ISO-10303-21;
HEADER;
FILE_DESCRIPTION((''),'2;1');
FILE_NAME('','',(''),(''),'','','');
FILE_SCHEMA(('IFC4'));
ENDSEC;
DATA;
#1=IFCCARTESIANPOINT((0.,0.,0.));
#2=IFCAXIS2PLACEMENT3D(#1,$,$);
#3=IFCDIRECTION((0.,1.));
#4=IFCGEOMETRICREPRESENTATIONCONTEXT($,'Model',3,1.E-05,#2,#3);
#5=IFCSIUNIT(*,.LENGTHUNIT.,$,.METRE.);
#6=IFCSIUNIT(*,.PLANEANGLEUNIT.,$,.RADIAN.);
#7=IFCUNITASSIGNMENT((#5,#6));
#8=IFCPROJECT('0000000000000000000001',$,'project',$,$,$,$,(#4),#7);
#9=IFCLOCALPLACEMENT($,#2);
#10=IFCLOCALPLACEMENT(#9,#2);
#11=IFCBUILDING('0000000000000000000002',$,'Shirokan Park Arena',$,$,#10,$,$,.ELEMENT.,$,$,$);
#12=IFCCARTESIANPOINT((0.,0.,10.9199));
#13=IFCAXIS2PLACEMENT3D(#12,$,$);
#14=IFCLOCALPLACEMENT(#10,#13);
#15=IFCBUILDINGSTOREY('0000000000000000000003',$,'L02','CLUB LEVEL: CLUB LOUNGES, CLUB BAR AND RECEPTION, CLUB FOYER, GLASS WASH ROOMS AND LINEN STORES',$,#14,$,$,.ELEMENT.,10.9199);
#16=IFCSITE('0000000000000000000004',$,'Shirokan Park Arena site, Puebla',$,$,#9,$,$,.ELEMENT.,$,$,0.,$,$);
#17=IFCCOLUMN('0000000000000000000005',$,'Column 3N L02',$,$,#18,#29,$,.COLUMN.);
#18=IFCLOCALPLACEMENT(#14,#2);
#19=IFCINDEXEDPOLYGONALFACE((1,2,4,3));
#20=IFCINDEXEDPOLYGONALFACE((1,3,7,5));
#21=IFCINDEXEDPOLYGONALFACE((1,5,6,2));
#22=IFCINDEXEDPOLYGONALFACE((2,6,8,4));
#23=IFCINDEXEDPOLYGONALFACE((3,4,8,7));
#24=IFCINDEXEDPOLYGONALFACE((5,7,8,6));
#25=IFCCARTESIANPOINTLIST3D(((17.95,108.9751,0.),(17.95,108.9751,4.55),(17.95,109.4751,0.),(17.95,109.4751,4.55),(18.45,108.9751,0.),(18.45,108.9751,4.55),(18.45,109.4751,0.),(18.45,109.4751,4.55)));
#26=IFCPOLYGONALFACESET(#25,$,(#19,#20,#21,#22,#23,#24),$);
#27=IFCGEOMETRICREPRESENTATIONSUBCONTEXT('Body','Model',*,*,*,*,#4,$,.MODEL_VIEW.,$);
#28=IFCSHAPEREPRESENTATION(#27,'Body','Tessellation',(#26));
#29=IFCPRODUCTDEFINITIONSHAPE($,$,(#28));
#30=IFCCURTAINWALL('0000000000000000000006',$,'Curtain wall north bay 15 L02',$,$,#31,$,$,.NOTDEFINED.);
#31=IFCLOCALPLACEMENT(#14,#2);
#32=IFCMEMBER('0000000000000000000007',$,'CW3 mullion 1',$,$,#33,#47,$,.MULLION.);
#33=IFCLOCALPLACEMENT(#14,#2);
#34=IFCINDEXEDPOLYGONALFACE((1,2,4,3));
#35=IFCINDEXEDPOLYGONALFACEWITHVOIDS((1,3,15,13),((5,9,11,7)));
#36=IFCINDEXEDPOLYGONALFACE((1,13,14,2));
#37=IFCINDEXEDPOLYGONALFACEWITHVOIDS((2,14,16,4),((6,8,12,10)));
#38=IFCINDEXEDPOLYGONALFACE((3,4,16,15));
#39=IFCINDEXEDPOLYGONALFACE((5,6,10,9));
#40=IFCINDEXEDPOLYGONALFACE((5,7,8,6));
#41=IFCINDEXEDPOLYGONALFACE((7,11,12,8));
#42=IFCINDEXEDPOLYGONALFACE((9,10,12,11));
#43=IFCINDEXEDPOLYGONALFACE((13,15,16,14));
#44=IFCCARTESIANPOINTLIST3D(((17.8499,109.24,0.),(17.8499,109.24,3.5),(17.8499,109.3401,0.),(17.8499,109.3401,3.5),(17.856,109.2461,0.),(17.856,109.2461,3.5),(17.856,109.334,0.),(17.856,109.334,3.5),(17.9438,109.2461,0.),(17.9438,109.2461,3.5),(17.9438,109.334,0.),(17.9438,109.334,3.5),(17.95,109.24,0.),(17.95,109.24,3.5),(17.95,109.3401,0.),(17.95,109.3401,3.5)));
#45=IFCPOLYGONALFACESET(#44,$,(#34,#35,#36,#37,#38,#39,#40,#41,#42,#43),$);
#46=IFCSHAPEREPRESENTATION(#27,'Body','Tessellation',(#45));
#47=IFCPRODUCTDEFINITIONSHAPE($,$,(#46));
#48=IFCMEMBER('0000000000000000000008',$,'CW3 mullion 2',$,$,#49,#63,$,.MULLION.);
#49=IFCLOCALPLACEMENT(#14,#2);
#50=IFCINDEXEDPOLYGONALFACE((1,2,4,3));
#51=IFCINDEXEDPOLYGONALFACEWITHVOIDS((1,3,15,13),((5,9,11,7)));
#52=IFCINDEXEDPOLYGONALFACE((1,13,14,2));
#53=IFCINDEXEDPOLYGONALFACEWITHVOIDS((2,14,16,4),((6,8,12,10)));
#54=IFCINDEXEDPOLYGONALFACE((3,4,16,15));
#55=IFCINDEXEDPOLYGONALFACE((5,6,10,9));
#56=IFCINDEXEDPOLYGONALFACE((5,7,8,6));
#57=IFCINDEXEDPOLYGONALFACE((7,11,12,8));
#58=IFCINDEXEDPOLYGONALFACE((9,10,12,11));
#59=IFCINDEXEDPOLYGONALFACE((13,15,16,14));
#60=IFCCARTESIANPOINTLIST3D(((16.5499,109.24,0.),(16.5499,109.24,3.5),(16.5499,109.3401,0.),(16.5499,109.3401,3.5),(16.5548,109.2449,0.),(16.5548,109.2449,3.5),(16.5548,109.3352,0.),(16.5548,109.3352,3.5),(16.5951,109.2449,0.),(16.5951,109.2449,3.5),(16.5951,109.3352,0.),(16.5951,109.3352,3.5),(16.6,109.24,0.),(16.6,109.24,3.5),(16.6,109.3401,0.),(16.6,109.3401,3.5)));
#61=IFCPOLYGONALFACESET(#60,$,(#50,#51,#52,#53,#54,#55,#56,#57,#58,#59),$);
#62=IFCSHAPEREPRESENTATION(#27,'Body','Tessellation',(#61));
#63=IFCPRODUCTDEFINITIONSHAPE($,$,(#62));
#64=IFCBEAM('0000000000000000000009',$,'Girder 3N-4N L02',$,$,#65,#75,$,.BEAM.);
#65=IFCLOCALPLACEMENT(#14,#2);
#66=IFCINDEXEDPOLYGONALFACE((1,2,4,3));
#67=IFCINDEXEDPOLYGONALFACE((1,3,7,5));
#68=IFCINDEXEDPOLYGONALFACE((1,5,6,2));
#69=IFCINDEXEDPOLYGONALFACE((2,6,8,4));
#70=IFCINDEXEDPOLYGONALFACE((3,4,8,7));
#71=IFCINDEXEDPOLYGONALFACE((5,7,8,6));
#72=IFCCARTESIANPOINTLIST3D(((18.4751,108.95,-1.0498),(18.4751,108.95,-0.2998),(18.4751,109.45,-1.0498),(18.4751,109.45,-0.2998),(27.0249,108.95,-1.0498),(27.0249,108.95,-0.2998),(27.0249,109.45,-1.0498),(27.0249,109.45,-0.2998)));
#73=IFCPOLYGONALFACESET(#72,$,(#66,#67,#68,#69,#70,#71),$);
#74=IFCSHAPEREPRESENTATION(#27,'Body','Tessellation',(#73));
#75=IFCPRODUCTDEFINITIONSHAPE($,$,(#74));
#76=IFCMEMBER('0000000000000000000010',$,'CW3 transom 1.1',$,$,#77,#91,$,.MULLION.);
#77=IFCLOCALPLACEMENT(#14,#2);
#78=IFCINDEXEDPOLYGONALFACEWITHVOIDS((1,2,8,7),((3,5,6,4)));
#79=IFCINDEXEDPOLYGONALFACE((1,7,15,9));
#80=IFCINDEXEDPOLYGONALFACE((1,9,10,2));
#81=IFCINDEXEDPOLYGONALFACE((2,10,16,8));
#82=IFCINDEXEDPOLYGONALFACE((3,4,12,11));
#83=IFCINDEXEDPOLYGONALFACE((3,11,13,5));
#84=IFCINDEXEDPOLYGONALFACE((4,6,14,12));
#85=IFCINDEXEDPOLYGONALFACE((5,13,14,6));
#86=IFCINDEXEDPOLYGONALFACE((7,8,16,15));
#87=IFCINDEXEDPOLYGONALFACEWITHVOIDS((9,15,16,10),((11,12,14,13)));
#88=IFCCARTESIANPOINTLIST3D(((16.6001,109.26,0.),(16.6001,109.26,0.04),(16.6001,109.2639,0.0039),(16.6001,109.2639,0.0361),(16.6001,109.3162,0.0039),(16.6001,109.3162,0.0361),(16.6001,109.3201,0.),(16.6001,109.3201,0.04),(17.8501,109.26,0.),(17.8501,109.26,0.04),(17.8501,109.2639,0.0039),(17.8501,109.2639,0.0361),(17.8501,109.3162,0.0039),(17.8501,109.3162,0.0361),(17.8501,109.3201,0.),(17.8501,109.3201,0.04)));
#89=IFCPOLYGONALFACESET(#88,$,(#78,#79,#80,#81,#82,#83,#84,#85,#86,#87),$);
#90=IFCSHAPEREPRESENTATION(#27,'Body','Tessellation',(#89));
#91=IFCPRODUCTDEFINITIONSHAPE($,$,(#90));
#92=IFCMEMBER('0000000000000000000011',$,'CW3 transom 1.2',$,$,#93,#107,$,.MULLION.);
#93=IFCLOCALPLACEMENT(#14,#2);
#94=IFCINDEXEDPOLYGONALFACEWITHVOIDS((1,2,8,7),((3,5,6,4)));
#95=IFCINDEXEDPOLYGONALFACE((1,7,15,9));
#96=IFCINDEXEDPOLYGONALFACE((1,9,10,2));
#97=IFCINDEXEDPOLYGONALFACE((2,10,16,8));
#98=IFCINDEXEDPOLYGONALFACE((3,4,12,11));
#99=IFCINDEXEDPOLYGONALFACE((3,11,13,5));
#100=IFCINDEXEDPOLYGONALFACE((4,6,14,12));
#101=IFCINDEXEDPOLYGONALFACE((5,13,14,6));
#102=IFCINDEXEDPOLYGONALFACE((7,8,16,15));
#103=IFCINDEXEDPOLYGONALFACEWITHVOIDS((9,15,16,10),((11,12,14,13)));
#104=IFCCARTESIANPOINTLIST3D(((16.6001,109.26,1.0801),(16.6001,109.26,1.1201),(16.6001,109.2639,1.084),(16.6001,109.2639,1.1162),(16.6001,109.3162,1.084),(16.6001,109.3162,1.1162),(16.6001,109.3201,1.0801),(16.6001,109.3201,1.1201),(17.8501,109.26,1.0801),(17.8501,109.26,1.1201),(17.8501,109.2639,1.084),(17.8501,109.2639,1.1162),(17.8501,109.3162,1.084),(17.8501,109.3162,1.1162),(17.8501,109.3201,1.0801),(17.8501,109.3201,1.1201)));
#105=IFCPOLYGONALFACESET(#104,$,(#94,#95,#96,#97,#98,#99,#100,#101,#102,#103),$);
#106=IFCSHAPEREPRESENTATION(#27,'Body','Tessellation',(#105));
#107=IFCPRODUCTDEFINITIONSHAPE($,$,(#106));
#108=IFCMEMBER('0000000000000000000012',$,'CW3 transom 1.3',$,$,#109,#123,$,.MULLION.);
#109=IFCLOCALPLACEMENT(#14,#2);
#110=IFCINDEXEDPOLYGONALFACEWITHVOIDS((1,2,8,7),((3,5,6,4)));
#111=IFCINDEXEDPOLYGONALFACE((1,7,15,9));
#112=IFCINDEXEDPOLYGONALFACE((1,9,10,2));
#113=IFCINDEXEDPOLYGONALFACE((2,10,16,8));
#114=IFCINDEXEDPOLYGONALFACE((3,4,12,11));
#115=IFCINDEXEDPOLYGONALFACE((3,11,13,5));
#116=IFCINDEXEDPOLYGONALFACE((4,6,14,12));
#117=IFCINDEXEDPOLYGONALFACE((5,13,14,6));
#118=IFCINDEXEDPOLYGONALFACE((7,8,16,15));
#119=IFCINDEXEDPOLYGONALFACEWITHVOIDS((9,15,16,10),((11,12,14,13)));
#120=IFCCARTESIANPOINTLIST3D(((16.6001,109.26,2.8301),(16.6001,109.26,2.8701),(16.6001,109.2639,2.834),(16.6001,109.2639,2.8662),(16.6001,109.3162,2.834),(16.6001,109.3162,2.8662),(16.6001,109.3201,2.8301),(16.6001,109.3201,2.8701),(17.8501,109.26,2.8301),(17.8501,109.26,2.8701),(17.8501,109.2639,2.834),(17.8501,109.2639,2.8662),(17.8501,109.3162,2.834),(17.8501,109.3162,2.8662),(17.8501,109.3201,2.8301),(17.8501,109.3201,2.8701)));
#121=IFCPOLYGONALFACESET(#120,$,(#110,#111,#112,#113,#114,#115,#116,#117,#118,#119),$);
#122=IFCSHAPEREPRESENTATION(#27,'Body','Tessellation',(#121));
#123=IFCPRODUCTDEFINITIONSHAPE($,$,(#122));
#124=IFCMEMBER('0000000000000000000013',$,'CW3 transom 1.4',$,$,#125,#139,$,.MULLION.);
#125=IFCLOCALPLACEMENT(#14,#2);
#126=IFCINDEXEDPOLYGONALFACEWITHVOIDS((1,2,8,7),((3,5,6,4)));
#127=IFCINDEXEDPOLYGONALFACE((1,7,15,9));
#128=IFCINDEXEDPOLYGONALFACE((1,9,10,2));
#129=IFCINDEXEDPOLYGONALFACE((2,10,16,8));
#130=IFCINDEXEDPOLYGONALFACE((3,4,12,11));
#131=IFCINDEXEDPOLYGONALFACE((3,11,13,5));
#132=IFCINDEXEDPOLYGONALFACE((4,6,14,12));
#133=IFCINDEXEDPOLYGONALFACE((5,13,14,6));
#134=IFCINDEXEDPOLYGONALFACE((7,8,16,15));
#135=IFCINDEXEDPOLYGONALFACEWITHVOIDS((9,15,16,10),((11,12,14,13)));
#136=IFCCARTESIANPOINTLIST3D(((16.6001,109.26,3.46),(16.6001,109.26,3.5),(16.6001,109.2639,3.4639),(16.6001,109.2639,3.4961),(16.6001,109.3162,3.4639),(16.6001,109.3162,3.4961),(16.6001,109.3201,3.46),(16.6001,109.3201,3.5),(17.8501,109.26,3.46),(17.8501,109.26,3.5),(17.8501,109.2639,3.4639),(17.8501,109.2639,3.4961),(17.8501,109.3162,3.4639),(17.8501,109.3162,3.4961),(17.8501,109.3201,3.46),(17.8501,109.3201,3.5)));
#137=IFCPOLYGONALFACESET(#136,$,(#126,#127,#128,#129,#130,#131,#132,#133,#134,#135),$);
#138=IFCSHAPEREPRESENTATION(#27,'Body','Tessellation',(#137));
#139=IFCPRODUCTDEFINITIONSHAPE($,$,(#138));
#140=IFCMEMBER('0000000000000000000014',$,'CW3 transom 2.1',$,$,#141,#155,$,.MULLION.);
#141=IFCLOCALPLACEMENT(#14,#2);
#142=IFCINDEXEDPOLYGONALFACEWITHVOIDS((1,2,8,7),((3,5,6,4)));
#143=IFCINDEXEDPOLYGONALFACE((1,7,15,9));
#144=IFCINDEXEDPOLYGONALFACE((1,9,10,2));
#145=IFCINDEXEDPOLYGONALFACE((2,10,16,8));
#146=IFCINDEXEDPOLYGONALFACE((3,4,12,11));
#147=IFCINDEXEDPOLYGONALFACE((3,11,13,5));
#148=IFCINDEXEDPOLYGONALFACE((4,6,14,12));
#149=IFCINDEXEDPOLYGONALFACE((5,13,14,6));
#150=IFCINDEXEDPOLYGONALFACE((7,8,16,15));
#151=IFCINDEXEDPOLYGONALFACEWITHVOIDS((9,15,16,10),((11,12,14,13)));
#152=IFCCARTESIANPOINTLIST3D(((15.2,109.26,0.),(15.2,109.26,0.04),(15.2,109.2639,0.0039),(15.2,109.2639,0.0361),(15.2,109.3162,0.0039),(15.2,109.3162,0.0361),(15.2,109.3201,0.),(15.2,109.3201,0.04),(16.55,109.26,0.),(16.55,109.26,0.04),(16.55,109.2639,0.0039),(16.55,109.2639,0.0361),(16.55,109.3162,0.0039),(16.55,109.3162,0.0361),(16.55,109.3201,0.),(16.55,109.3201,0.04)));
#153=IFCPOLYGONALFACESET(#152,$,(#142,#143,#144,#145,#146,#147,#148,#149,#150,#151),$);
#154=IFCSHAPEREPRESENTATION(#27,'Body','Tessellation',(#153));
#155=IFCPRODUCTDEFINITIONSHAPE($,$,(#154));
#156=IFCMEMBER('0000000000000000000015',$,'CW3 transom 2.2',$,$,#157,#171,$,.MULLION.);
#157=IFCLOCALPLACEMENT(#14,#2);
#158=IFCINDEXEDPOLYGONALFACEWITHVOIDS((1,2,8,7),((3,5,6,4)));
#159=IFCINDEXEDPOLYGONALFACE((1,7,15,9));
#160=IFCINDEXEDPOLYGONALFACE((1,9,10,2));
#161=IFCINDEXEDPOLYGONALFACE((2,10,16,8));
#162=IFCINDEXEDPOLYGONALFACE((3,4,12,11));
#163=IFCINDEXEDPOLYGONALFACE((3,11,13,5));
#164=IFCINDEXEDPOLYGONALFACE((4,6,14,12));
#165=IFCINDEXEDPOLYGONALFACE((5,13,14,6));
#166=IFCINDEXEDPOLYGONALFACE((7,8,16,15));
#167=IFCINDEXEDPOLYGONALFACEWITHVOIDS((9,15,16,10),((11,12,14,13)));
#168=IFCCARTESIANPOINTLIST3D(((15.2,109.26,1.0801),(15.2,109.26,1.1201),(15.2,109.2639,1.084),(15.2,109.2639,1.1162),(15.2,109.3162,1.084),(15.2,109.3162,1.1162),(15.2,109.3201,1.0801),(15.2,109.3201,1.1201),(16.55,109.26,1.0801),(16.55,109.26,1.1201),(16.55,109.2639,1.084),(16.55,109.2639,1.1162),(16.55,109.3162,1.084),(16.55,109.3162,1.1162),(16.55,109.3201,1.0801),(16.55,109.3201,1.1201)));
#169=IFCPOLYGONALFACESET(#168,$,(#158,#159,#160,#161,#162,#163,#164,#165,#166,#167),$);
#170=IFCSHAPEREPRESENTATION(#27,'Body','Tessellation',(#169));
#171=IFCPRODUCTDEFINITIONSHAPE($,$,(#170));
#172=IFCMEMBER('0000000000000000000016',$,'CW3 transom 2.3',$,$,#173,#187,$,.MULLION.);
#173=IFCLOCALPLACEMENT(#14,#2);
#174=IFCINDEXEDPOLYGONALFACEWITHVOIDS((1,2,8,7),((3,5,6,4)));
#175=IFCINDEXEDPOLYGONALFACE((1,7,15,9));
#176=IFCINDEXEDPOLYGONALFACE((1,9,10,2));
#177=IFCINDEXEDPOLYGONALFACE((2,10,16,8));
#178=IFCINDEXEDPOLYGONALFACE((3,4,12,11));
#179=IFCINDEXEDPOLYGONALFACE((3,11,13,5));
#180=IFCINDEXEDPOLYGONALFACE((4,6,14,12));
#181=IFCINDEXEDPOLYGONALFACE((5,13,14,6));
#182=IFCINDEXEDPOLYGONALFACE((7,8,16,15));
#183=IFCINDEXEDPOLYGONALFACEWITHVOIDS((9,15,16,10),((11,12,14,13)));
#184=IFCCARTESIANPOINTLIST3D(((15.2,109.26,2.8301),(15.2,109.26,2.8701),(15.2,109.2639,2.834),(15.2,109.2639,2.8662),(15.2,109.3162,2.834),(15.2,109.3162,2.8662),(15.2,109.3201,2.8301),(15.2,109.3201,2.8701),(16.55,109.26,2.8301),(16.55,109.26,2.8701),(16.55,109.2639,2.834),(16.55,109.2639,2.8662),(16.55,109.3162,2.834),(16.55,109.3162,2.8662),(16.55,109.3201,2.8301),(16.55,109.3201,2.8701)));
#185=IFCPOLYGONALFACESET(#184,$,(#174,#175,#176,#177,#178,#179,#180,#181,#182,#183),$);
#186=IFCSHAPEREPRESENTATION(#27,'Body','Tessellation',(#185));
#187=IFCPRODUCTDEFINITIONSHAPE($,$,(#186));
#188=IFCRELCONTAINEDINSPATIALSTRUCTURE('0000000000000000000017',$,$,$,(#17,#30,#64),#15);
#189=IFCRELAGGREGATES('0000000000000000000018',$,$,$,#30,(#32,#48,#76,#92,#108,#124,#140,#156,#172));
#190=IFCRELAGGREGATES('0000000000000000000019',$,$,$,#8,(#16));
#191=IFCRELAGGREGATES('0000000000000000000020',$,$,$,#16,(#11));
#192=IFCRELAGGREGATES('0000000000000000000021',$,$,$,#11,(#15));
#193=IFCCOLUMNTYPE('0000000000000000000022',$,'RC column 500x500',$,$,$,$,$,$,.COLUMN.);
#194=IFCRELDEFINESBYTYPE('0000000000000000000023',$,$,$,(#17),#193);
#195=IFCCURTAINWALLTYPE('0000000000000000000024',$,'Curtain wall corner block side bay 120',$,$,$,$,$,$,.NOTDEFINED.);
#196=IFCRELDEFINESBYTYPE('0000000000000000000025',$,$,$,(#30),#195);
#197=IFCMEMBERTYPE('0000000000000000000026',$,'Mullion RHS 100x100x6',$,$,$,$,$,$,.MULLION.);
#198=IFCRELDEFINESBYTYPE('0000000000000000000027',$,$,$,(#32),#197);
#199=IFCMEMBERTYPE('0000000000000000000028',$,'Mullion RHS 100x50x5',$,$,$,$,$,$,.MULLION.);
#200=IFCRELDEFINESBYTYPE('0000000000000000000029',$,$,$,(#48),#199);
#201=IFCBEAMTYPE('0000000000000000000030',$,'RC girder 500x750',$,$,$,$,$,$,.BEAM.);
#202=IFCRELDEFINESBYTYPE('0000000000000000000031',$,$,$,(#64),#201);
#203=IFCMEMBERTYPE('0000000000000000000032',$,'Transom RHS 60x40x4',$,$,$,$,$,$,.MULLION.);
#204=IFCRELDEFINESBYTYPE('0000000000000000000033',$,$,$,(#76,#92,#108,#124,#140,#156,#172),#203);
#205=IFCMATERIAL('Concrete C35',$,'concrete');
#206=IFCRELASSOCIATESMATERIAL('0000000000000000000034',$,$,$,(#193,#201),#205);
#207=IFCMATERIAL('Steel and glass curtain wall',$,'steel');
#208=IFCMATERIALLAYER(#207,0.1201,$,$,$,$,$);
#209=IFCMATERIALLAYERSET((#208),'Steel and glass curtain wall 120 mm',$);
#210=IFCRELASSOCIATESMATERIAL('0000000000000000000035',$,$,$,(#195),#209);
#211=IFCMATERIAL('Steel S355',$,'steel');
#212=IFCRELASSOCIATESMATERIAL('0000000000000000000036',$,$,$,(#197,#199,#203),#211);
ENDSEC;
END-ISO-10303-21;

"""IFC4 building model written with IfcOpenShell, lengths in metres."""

from ifc_helpers import new_model, si_unit, direction, frame, origin, origin_2d, place, context, subcontext, project, spatial, rectangle, hollow_rectangle, extrude, material, layer, layer_set, material_profile, profile_set, type_object, element, aggregate, save


model = new_model("IFC4")

# Units and contexts
model_context = context("Model", 3, precision=1e-05, world=origin(), true_north=direction((0.0, 1.0)))
body_context = subcontext(model_context, "Body", "Model", "MODEL_VIEW")
ifc_project = project(units=[si_unit("LENGTHUNIT", "METRE"), si_unit("PLANEANGLEUNIT", "RADIAN")], contexts=[model_context])

# Site, building, storey
site_placement = place(None, origin())
site = spatial("IfcSite", under=ifc_project, at=site_placement, Name="Shirokan Park Arena site, Puebla", CompositionType="ELEMENT", RefElevation=0.0)
building_placement = place(site_placement, origin())
building = spatial("IfcBuilding", under=site, at=building_placement, Name="Shirokan Park Arena", CompositionType="ELEMENT")
storey_placement = place(building_placement, frame((0.0, 0.0, 10.9199)))
storey = spatial("IfcBuildingStorey", under=building, at=storey_placement, Name="L02", Description="CLUB LEVEL: CLUB LOUNGES, CLUB BAR AND RECEPTION, CLUB FOYER, GLASS WASH ROOMS AND LINEN STORES", CompositionType="ELEMENT", Elevation=10.9199)

# Column
ifc_material_1 = material(Name="Concrete C35", Category="concrete")
ifc_material_profile_1 = material_profile(ifc_material_1, rectangle(XDim=0.5, YDim=0.5, at=origin_2d()), Name="500x500")
ifc_profile_set_1 = profile_set([ifc_material_profile_1], Name="Concrete C35")
column_type = type_object("IfcColumnType", Name="RC column 500x500", PredefinedType="COLUMN", material=ifc_profile_set_1)
column_placement = place(storey_placement, frame((18.2, 109.2251, 0.0), z_axis=(0.0, 0.0, 1.0), x_axis=(1.0, 0.0, 0.0)))
element("IfcColumn", 1, at=column_placement, inside=storey, type_object=column_type, Name="Column 3N L02", PredefinedType="COLUMN", context=body_context, shape_type="SweptSolid", body=[
    extrude(rectangle(XDim=0.5, YDim=0.5, at=origin_2d()), origin(), (0.0, 0.0, 1.0), 4.55),
])

# Curtain wall, members
ifc_material_2 = material(Name="Steel and glass curtain wall", Category="steel")
ifc_layer_1 = layer(ifc_material_2, 0.1201)
ifc_layer_set_1 = layer_set([ifc_layer_1], Name="Steel and glass curtain wall 120 mm")
curtain_wall_type = type_object("IfcCurtainWallType", Name="Curtain wall corner block side bay 120", PredefinedType="NOTDEFINED", material=ifc_layer_set_1)
curtain_wall_placement = place(storey_placement, origin())
curtain_wall = element("IfcCurtainWall", 2, at=curtain_wall_placement, inside=storey, type_object=curtain_wall_type, Name="Curtain wall north bay 15 L02", PredefinedType="NOTDEFINED")
ifc_material_3 = material(Name="Steel S355", Category="steel")
ifc_material_profile_2 = material_profile(ifc_material_3, hollow_rectangle(XDim=0.1001, YDim=0.1001, WallThickness=0.0061, at=origin_2d()), Name="RHS 100x100x6")
ifc_profile_set_2 = profile_set([ifc_material_profile_2], Name="Steel S355")
member_type_1 = type_object("IfcMemberType", Name="Mullion RHS 100x100x6", PredefinedType="MULLION", material=ifc_profile_set_2)
member_1_placement = place(storey_placement, frame((17.8999, 109.29, 0.0), z_axis=(0.0, 0.0, 1.0), x_axis=(0.0, -1.0, 0.0)))
member_1 = element("IfcMember", 3, at=member_1_placement, type_object=member_type_1, Name="CW3 mullion 1", PredefinedType="MULLION", context=body_context, shape_type="SweptSolid", body=[
    extrude(hollow_rectangle(XDim=0.1001, YDim=0.1001, WallThickness=0.0061, at=origin_2d()), origin(), (0.0, 0.0, 1.0), 3.5),
])
ifc_material_profile_3 = material_profile(ifc_material_3, hollow_rectangle(XDim=0.1001, YDim=0.05, WallThickness=0.0049, at=origin_2d()), Name="RHS 100x50x5")
ifc_profile_set_3 = profile_set([ifc_material_profile_3], Name="Steel S355")
member_type_2 = type_object("IfcMemberType", Name="Mullion RHS 100x50x5", PredefinedType="MULLION", material=ifc_profile_set_3)
member_2_placement = place(storey_placement, frame((16.575, 109.29, 0.0), z_axis=(0.0, 0.0, 1.0), x_axis=(0.0, -1.0, 0.0)))
member_2 = element("IfcMember", 4, at=member_2_placement, type_object=member_type_2, Name="CW3 mullion 2", PredefinedType="MULLION", context=body_context, shape_type="SweptSolid", body=[
    extrude(hollow_rectangle(XDim=0.1001, YDim=0.05, WallThickness=0.0049, at=origin_2d()), origin(), (0.0, 0.0, 1.0), 3.5),
])

# Beam
ifc_material_profile_4 = material_profile(ifc_material_1, rectangle(XDim=0.5, YDim=0.75, at=origin_2d()), Name="500x750")
ifc_profile_set_4 = profile_set([ifc_material_profile_4], Name="Concrete C35")
beam_type = type_object("IfcBeamType", Name="RC girder 500x750", PredefinedType="BEAM", material=ifc_profile_set_4)
beam_placement = place(storey_placement, frame((18.4751, 109.2, -0.6748), z_axis=(1.0, 0.0, 0.0), x_axis=(0.0, 1.0, 0.0)))
element("IfcBeam", 5, at=beam_placement, inside=storey, type_object=beam_type, Name="Girder 3N-4N L02", PredefinedType="BEAM", context=body_context, shape_type="SweptSolid", body=[
    extrude(rectangle(XDim=0.5, YDim=0.75, at=origin_2d()), origin(), (0.0, 0.0, 1.0), 8.5498),
])

# Members
ifc_material_profile_5 = material_profile(ifc_material_3, hollow_rectangle(XDim=0.0601, YDim=0.04, WallThickness=0.0039, at=origin_2d()), Name="RHS 60x40x4")
ifc_profile_set_5 = profile_set([ifc_material_profile_5], Name="Steel S355")
member_type_3 = type_object("IfcMemberType", Name="Transom RHS 60x40x4", PredefinedType="MULLION", material=ifc_profile_set_5)
member_3_placement = place(storey_placement, frame((17.8501, 109.29, 0.02), z_axis=(-1.0, 0.0, 0.0), x_axis=(0.0, -1.0, 0.0)))
member_3 = element("IfcMember", 6, at=member_3_placement, type_object=member_type_3, Name="CW3 transom 1.1", PredefinedType="MULLION", context=body_context, shape_type="SweptSolid", body=[
    extrude(hollow_rectangle(XDim=0.0601, YDim=0.04, WallThickness=0.0039, at=origin_2d()), origin(), (0.0, 0.0, 1.0), 1.25),
])
member_4_placement = place(storey_placement, frame((17.8501, 109.29, 1.1001), z_axis=(-1.0, 0.0, 0.0), x_axis=(0.0, -1.0, 0.0)))
member_4 = element("IfcMember", 7, at=member_4_placement, type_object=member_type_3, Name="CW3 transom 1.2", PredefinedType="MULLION", context=body_context, shape_type="SweptSolid", body=[
    extrude(hollow_rectangle(XDim=0.0601, YDim=0.04, WallThickness=0.0039, at=origin_2d()), origin(), (0.0, 0.0, 1.0), 1.25),
])
member_5_placement = place(storey_placement, frame((17.8501, 109.29, 2.8501), z_axis=(-1.0, 0.0, 0.0), x_axis=(0.0, -1.0, 0.0)))
member_5 = element("IfcMember", 8, at=member_5_placement, type_object=member_type_3, Name="CW3 transom 1.3", PredefinedType="MULLION", context=body_context, shape_type="SweptSolid", body=[
    extrude(hollow_rectangle(XDim=0.0601, YDim=0.04, WallThickness=0.0039, at=origin_2d()), origin(), (0.0, 0.0, 1.0), 1.25),
])
member_6_placement = place(storey_placement, frame((17.8501, 109.29, 3.48), z_axis=(-1.0, 0.0, 0.0), x_axis=(0.0, -1.0, 0.0)))
member_6 = element("IfcMember", 9, at=member_6_placement, type_object=member_type_3, Name="CW3 transom 1.4", PredefinedType="MULLION", context=body_context, shape_type="SweptSolid", body=[
    extrude(hollow_rectangle(XDim=0.0601, YDim=0.04, WallThickness=0.0039, at=origin_2d()), origin(), (0.0, 0.0, 1.0), 1.25),
])
member_7_placement = place(storey_placement, frame((16.55, 109.29, 0.02), z_axis=(-1.0, 0.0, 0.0), x_axis=(0.0, -1.0, 0.0)))
member_7 = element("IfcMember", 10, at=member_7_placement, type_object=member_type_3, Name="CW3 transom 2.1", PredefinedType="MULLION", context=body_context, shape_type="SweptSolid", body=[
    extrude(hollow_rectangle(XDim=0.0601, YDim=0.04, WallThickness=0.0039, at=origin_2d()), origin(), (0.0, 0.0, 1.0), 1.3501),
])
member_8_placement = place(storey_placement, frame((16.55, 109.29, 1.1001), z_axis=(-1.0, 0.0, 0.0), x_axis=(0.0, -1.0, 0.0)))
member_8 = element("IfcMember", 11, at=member_8_placement, type_object=member_type_3, Name="CW3 transom 2.2", PredefinedType="MULLION", context=body_context, shape_type="SweptSolid", body=[
    extrude(hollow_rectangle(XDim=0.0601, YDim=0.04, WallThickness=0.0039, at=origin_2d()), origin(), (0.0, 0.0, 1.0), 1.3501),
])
member_9_placement = place(storey_placement, frame((16.55, 109.29, 2.8501), z_axis=(-1.0, 0.0, 0.0), x_axis=(0.0, -1.0, 0.0)))
member_9 = element("IfcMember", 12, at=member_9_placement, type_object=member_type_3, Name="CW3 transom 2.3", PredefinedType="MULLION", context=body_context, shape_type="SweptSolid", body=[
    extrude(hollow_rectangle(XDim=0.0601, YDim=0.04, WallThickness=0.0039, at=origin_2d()), origin(), (0.0, 0.0, 1.0), 1.3501),
])

aggregate(curtain_wall, [member_1, member_2, member_3, member_4, member_5, member_6, member_7, member_8, member_9])

save(model, "model.ifc")
